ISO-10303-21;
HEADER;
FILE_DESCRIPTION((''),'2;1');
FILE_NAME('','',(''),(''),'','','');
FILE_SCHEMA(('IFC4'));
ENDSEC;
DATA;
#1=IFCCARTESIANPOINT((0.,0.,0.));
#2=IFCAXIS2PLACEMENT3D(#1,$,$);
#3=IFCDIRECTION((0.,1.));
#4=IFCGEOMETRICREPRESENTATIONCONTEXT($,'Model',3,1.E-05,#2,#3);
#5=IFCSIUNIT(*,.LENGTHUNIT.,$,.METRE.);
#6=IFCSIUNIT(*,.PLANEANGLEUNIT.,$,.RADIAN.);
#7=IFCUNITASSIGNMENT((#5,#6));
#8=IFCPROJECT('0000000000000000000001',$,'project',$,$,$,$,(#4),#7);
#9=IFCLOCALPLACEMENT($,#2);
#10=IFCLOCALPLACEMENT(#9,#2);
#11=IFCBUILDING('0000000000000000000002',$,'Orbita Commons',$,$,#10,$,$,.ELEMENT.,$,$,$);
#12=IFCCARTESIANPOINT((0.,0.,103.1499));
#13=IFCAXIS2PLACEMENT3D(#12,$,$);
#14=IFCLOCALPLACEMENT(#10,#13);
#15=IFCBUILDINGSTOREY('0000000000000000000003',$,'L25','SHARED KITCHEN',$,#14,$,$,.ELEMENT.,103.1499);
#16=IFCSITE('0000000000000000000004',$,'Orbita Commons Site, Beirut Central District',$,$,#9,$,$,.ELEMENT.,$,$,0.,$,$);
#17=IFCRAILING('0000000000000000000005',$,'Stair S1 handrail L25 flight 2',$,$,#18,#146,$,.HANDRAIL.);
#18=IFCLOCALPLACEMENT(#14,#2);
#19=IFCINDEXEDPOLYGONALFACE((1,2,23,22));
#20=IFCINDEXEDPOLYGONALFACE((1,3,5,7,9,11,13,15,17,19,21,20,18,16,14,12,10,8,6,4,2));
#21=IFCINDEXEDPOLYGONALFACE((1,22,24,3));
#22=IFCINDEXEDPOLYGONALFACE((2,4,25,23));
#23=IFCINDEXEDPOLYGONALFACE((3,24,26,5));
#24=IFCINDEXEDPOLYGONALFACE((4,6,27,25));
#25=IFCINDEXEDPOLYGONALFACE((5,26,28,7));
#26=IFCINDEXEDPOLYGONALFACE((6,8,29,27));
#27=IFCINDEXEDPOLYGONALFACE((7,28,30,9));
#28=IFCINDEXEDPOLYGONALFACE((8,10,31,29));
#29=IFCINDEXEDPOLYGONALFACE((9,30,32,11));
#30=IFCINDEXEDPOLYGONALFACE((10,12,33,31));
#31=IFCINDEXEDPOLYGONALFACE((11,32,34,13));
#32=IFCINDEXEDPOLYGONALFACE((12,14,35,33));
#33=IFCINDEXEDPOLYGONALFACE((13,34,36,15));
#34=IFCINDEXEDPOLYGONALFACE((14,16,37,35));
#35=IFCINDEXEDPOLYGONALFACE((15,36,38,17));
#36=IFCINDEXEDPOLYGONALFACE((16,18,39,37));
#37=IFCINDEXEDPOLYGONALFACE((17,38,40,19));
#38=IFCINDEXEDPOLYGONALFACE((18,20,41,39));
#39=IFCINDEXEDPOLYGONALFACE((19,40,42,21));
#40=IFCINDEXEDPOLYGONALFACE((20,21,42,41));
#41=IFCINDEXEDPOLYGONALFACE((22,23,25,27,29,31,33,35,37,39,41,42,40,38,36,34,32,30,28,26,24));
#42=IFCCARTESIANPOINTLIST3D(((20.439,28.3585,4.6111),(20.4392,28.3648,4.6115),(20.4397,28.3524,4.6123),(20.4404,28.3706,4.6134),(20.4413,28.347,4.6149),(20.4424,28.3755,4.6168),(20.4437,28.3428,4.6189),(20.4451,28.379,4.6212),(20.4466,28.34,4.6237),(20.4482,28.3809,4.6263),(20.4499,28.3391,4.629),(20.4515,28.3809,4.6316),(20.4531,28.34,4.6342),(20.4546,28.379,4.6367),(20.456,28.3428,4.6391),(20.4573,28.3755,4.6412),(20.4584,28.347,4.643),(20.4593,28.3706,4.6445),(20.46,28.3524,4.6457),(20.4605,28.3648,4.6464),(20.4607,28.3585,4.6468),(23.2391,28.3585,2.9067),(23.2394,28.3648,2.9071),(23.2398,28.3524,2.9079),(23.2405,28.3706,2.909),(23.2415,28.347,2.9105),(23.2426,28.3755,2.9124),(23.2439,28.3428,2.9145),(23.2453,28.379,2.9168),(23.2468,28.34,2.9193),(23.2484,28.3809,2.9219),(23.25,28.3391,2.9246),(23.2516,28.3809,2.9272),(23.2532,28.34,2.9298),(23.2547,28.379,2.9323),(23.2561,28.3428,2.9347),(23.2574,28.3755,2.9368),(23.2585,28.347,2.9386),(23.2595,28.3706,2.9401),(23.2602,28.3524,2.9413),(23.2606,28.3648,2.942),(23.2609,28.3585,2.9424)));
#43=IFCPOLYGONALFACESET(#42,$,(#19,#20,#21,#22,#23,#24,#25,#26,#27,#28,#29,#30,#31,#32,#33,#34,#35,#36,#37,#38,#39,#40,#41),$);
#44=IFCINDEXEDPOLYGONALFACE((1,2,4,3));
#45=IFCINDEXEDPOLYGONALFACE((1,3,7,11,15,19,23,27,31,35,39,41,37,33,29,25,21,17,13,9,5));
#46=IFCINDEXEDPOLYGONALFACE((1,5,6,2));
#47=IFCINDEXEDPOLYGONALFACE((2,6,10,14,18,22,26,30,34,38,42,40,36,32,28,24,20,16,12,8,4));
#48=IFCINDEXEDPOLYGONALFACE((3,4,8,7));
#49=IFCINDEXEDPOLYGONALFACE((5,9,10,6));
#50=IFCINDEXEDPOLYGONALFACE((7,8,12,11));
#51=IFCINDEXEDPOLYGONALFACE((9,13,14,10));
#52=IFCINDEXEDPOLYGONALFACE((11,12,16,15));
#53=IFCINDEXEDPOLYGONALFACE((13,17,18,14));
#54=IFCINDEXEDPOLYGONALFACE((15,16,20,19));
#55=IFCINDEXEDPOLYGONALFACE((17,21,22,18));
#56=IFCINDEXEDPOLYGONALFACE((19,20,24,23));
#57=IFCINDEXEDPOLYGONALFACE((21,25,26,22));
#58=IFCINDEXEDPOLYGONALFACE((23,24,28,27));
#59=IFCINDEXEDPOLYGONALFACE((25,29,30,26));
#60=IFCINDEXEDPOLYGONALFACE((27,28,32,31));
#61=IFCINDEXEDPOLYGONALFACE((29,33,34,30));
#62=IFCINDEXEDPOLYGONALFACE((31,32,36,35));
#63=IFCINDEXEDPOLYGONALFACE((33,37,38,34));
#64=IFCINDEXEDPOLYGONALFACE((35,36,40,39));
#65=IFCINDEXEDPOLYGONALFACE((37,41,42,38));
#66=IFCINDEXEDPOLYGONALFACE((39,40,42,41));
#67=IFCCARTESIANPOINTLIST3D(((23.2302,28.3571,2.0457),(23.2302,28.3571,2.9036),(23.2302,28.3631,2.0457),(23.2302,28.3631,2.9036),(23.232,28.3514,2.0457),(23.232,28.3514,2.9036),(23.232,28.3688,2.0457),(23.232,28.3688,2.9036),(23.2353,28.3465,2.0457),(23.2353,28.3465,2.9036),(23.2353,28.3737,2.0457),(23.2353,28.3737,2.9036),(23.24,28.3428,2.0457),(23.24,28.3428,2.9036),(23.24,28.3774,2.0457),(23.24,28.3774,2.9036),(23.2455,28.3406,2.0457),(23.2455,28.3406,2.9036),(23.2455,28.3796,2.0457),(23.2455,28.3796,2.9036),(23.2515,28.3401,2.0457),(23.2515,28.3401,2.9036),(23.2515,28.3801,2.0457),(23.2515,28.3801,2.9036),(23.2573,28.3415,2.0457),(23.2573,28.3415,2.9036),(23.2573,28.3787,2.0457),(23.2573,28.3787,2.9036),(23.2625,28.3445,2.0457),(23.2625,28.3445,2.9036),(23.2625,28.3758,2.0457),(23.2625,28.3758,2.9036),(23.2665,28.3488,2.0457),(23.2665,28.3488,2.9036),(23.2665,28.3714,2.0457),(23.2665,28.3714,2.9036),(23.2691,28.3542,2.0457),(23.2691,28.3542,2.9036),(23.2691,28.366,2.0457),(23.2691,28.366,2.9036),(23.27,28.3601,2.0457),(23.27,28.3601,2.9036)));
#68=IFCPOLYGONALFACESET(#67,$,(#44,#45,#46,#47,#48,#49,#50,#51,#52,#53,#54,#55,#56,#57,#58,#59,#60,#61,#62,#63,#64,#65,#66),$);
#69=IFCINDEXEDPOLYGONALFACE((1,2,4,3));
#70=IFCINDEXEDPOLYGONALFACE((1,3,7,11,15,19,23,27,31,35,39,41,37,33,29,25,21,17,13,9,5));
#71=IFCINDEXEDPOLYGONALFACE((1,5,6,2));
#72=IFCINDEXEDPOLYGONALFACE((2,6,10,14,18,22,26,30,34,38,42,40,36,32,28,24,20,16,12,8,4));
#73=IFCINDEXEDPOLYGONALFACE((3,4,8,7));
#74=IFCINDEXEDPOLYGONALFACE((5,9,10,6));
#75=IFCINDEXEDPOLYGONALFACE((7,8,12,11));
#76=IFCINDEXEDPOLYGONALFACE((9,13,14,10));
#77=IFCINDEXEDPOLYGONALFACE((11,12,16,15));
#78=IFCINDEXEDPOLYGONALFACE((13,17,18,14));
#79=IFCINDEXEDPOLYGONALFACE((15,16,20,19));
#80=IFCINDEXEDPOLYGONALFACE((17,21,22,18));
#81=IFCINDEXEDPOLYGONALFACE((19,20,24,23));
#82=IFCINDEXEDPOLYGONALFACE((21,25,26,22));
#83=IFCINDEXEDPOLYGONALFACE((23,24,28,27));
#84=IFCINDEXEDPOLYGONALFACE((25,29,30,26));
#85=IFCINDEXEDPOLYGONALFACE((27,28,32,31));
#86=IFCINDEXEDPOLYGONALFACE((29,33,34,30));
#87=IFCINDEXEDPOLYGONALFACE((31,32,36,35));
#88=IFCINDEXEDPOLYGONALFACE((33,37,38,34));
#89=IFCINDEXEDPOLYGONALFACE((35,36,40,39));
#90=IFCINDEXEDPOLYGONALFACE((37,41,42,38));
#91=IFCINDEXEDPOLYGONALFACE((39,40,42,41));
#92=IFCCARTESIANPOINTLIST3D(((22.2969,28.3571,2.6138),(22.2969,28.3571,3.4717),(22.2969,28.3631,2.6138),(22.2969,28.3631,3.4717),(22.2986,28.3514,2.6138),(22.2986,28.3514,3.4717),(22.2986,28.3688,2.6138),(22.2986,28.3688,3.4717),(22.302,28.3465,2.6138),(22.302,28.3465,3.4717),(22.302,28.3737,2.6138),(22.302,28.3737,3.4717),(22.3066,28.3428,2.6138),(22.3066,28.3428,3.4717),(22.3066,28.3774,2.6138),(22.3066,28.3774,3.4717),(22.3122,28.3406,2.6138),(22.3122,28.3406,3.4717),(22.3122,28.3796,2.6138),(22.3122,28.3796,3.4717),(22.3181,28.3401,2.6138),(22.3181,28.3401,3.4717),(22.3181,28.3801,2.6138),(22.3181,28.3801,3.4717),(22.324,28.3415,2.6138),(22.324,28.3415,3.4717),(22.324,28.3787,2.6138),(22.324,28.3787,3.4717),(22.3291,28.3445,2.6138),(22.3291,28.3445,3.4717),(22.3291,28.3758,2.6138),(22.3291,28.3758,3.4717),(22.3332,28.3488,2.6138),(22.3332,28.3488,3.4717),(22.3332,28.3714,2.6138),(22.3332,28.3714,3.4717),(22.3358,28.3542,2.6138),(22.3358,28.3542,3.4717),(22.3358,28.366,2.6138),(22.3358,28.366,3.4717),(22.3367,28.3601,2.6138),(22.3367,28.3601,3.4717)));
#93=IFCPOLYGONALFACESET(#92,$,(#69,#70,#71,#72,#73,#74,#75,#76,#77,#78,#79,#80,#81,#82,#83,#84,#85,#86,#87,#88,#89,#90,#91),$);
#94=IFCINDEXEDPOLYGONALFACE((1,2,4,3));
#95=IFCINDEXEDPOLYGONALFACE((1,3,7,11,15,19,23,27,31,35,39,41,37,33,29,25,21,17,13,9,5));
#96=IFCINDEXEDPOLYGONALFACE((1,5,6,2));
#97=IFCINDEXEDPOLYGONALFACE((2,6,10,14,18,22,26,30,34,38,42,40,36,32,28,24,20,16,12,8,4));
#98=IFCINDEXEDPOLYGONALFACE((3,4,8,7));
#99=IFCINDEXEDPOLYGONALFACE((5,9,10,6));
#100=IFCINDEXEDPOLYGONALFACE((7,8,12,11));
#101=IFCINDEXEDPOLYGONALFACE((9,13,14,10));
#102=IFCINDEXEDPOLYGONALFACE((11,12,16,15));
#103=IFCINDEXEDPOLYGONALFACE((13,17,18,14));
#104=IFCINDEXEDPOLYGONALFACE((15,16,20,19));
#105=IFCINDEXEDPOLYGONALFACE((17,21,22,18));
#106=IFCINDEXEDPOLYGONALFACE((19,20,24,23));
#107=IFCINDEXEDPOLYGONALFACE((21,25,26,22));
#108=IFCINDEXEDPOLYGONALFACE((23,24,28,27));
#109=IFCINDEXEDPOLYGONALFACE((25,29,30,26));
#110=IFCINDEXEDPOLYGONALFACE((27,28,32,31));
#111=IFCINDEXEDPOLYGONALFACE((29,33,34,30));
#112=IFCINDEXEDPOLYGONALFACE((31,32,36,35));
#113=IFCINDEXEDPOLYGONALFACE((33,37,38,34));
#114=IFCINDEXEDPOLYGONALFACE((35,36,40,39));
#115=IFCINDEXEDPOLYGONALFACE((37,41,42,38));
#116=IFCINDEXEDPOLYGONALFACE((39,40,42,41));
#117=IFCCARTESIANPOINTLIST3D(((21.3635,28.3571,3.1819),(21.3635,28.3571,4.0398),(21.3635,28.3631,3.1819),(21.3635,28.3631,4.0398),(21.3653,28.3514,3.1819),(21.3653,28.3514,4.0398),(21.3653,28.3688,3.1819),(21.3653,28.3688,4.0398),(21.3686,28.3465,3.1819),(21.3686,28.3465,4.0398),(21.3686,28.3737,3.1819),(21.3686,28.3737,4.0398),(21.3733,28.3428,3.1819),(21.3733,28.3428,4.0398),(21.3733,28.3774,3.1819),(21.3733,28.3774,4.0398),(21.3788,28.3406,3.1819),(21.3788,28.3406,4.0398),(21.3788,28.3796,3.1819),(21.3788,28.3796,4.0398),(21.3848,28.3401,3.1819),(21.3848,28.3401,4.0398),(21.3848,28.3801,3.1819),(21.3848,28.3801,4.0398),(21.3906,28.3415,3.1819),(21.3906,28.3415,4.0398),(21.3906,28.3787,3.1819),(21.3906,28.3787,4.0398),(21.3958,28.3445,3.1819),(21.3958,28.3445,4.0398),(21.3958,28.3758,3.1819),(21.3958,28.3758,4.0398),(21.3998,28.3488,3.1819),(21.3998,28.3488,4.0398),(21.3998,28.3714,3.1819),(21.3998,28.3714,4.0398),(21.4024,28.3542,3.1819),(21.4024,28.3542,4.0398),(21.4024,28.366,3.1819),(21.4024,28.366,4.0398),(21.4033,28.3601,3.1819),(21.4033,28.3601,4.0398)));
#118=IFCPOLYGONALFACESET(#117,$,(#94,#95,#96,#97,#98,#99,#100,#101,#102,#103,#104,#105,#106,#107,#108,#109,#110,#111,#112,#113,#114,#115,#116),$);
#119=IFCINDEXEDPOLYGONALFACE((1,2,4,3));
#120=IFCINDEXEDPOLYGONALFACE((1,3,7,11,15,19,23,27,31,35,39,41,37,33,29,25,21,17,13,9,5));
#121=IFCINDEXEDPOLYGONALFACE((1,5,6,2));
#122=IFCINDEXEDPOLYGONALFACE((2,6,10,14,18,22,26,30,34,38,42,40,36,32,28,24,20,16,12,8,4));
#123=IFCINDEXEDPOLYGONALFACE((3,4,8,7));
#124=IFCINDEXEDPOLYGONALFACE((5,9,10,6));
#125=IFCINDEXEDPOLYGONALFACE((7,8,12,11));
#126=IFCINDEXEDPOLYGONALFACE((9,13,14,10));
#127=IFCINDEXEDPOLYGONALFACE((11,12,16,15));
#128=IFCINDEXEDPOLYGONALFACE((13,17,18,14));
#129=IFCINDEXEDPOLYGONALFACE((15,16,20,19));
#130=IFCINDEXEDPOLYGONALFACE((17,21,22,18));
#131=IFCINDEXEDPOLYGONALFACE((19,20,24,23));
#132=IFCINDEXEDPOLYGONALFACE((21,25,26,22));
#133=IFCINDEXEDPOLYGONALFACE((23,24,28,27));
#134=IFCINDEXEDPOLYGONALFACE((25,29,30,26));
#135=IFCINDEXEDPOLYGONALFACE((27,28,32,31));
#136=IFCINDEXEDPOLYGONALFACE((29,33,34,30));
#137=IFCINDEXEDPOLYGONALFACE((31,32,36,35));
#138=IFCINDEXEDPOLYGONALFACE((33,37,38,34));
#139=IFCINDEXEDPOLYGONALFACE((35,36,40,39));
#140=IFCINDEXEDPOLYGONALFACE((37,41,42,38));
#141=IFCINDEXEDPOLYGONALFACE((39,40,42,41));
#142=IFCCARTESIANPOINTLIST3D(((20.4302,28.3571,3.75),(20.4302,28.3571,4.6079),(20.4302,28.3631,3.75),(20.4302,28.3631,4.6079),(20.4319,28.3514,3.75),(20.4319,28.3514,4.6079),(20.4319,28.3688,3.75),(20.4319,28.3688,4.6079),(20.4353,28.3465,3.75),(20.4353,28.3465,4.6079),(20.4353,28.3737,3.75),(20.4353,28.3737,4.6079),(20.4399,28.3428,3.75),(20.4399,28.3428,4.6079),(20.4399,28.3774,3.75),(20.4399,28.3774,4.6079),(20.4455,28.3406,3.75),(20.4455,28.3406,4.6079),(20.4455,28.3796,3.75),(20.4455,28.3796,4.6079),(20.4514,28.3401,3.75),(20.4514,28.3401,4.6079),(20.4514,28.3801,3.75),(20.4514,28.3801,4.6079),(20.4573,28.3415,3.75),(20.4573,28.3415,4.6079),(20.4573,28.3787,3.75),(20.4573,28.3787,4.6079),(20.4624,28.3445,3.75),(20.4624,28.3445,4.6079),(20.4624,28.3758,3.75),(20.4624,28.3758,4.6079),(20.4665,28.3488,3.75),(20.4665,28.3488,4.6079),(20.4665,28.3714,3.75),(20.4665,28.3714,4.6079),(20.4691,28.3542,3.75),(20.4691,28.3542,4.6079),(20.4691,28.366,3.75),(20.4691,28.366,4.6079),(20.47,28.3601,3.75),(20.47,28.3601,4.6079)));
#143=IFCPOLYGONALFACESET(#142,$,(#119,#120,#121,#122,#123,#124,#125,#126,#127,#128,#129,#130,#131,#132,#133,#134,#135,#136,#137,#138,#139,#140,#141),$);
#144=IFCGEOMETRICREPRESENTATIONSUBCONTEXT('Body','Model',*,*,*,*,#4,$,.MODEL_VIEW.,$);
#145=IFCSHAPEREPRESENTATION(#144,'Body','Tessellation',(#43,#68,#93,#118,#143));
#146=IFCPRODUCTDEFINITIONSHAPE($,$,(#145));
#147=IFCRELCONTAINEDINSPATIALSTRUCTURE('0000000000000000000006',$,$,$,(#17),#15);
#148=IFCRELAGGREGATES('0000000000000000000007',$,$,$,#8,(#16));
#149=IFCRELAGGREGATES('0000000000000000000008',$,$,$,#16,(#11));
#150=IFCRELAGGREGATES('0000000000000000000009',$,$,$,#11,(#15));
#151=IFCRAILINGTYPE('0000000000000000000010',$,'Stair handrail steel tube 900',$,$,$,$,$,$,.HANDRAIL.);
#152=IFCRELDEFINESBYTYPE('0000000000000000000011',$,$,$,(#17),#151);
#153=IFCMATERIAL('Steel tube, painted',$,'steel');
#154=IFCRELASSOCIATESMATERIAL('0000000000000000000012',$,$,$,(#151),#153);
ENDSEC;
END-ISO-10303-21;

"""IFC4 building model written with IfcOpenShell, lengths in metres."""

from ifc_helpers import new_model, si_unit, direction, frame, origin, origin_2d, place, context, subcontext, project, spatial, circle, extrude, material, type_object, element, save


model = new_model("IFC4")

# Units and contexts
model_context = context("Model", 3, precision=1e-05, world=origin(), true_north=direction((0.0, 1.0)))
body_context = subcontext(model_context, "Body", "Model", "MODEL_VIEW")
ifc_project = project(units=[si_unit("LENGTHUNIT", "METRE"), si_unit("PLANEANGLEUNIT", "RADIAN")], contexts=[model_context])

# Site, building, storey
site_placement = place(None, origin())
site = spatial("IfcSite", under=ifc_project, at=site_placement, Name="Orbita Commons Site, Beirut Central District", CompositionType="ELEMENT", RefElevation=0.0)
building_placement = place(site_placement, origin())
building = spatial("IfcBuilding", under=site, at=building_placement, Name="Orbita Commons", CompositionType="ELEMENT")
storey_placement = place(building_placement, frame((0.0, 0.0, 103.1499)))
storey = spatial("IfcBuildingStorey", under=building, at=storey_placement, Name="L25", Description="SHARED KITCHEN", CompositionType="ELEMENT", Elevation=103.1499)

# Railing
ifc_material = material(Name="Steel tube, painted", Category="steel")
railing_type = type_object("IfcRailingType", Name="Stair handrail steel tube 900", PredefinedType="HANDRAIL", material=ifc_material)
for number, where, name in (
    (1, (23.25, 28.3601, 2.0457), "Stair S1 handrail L25 flight 2"),
):
    element("IfcRailing", number, at=place(storey_placement, frame(where)), inside=storey, type_object=railing_type, Name=name, PredefinedType="HANDRAIL", context=body_context, shape_type="SweptSolid", body=[
        extrude(circle(Radius=0.021, at=origin_2d()), frame((0.0, 0.0, 0.8789), z_axis=(-0.854203, 0.0, 0.51994), x_axis=(0.0, -1.0, 0.0)), (0.0, 0.0, 1.0), 3.2781),
        extrude(circle(Radius=0.02, at=origin_2d()), origin(), (0.0, 0.0, 1.0), 0.8579),
        extrude(circle(Radius=0.02, at=origin_2d()), frame((-0.9333, 0.0, 0.5681)), (0.0, 0.0, 1.0), 0.8579),
        extrude(circle(Radius=0.02, at=origin_2d()), frame((-1.8667, 0.0, 1.1362)), (0.0, 0.0, 1.0), 0.8579),
        extrude(circle(Radius=0.02, at=origin_2d()), frame((-2.8, 0.0, 1.7043)), (0.0, 0.0, 1.0), 0.8579),
    ])

save(model, "model.ifc")
